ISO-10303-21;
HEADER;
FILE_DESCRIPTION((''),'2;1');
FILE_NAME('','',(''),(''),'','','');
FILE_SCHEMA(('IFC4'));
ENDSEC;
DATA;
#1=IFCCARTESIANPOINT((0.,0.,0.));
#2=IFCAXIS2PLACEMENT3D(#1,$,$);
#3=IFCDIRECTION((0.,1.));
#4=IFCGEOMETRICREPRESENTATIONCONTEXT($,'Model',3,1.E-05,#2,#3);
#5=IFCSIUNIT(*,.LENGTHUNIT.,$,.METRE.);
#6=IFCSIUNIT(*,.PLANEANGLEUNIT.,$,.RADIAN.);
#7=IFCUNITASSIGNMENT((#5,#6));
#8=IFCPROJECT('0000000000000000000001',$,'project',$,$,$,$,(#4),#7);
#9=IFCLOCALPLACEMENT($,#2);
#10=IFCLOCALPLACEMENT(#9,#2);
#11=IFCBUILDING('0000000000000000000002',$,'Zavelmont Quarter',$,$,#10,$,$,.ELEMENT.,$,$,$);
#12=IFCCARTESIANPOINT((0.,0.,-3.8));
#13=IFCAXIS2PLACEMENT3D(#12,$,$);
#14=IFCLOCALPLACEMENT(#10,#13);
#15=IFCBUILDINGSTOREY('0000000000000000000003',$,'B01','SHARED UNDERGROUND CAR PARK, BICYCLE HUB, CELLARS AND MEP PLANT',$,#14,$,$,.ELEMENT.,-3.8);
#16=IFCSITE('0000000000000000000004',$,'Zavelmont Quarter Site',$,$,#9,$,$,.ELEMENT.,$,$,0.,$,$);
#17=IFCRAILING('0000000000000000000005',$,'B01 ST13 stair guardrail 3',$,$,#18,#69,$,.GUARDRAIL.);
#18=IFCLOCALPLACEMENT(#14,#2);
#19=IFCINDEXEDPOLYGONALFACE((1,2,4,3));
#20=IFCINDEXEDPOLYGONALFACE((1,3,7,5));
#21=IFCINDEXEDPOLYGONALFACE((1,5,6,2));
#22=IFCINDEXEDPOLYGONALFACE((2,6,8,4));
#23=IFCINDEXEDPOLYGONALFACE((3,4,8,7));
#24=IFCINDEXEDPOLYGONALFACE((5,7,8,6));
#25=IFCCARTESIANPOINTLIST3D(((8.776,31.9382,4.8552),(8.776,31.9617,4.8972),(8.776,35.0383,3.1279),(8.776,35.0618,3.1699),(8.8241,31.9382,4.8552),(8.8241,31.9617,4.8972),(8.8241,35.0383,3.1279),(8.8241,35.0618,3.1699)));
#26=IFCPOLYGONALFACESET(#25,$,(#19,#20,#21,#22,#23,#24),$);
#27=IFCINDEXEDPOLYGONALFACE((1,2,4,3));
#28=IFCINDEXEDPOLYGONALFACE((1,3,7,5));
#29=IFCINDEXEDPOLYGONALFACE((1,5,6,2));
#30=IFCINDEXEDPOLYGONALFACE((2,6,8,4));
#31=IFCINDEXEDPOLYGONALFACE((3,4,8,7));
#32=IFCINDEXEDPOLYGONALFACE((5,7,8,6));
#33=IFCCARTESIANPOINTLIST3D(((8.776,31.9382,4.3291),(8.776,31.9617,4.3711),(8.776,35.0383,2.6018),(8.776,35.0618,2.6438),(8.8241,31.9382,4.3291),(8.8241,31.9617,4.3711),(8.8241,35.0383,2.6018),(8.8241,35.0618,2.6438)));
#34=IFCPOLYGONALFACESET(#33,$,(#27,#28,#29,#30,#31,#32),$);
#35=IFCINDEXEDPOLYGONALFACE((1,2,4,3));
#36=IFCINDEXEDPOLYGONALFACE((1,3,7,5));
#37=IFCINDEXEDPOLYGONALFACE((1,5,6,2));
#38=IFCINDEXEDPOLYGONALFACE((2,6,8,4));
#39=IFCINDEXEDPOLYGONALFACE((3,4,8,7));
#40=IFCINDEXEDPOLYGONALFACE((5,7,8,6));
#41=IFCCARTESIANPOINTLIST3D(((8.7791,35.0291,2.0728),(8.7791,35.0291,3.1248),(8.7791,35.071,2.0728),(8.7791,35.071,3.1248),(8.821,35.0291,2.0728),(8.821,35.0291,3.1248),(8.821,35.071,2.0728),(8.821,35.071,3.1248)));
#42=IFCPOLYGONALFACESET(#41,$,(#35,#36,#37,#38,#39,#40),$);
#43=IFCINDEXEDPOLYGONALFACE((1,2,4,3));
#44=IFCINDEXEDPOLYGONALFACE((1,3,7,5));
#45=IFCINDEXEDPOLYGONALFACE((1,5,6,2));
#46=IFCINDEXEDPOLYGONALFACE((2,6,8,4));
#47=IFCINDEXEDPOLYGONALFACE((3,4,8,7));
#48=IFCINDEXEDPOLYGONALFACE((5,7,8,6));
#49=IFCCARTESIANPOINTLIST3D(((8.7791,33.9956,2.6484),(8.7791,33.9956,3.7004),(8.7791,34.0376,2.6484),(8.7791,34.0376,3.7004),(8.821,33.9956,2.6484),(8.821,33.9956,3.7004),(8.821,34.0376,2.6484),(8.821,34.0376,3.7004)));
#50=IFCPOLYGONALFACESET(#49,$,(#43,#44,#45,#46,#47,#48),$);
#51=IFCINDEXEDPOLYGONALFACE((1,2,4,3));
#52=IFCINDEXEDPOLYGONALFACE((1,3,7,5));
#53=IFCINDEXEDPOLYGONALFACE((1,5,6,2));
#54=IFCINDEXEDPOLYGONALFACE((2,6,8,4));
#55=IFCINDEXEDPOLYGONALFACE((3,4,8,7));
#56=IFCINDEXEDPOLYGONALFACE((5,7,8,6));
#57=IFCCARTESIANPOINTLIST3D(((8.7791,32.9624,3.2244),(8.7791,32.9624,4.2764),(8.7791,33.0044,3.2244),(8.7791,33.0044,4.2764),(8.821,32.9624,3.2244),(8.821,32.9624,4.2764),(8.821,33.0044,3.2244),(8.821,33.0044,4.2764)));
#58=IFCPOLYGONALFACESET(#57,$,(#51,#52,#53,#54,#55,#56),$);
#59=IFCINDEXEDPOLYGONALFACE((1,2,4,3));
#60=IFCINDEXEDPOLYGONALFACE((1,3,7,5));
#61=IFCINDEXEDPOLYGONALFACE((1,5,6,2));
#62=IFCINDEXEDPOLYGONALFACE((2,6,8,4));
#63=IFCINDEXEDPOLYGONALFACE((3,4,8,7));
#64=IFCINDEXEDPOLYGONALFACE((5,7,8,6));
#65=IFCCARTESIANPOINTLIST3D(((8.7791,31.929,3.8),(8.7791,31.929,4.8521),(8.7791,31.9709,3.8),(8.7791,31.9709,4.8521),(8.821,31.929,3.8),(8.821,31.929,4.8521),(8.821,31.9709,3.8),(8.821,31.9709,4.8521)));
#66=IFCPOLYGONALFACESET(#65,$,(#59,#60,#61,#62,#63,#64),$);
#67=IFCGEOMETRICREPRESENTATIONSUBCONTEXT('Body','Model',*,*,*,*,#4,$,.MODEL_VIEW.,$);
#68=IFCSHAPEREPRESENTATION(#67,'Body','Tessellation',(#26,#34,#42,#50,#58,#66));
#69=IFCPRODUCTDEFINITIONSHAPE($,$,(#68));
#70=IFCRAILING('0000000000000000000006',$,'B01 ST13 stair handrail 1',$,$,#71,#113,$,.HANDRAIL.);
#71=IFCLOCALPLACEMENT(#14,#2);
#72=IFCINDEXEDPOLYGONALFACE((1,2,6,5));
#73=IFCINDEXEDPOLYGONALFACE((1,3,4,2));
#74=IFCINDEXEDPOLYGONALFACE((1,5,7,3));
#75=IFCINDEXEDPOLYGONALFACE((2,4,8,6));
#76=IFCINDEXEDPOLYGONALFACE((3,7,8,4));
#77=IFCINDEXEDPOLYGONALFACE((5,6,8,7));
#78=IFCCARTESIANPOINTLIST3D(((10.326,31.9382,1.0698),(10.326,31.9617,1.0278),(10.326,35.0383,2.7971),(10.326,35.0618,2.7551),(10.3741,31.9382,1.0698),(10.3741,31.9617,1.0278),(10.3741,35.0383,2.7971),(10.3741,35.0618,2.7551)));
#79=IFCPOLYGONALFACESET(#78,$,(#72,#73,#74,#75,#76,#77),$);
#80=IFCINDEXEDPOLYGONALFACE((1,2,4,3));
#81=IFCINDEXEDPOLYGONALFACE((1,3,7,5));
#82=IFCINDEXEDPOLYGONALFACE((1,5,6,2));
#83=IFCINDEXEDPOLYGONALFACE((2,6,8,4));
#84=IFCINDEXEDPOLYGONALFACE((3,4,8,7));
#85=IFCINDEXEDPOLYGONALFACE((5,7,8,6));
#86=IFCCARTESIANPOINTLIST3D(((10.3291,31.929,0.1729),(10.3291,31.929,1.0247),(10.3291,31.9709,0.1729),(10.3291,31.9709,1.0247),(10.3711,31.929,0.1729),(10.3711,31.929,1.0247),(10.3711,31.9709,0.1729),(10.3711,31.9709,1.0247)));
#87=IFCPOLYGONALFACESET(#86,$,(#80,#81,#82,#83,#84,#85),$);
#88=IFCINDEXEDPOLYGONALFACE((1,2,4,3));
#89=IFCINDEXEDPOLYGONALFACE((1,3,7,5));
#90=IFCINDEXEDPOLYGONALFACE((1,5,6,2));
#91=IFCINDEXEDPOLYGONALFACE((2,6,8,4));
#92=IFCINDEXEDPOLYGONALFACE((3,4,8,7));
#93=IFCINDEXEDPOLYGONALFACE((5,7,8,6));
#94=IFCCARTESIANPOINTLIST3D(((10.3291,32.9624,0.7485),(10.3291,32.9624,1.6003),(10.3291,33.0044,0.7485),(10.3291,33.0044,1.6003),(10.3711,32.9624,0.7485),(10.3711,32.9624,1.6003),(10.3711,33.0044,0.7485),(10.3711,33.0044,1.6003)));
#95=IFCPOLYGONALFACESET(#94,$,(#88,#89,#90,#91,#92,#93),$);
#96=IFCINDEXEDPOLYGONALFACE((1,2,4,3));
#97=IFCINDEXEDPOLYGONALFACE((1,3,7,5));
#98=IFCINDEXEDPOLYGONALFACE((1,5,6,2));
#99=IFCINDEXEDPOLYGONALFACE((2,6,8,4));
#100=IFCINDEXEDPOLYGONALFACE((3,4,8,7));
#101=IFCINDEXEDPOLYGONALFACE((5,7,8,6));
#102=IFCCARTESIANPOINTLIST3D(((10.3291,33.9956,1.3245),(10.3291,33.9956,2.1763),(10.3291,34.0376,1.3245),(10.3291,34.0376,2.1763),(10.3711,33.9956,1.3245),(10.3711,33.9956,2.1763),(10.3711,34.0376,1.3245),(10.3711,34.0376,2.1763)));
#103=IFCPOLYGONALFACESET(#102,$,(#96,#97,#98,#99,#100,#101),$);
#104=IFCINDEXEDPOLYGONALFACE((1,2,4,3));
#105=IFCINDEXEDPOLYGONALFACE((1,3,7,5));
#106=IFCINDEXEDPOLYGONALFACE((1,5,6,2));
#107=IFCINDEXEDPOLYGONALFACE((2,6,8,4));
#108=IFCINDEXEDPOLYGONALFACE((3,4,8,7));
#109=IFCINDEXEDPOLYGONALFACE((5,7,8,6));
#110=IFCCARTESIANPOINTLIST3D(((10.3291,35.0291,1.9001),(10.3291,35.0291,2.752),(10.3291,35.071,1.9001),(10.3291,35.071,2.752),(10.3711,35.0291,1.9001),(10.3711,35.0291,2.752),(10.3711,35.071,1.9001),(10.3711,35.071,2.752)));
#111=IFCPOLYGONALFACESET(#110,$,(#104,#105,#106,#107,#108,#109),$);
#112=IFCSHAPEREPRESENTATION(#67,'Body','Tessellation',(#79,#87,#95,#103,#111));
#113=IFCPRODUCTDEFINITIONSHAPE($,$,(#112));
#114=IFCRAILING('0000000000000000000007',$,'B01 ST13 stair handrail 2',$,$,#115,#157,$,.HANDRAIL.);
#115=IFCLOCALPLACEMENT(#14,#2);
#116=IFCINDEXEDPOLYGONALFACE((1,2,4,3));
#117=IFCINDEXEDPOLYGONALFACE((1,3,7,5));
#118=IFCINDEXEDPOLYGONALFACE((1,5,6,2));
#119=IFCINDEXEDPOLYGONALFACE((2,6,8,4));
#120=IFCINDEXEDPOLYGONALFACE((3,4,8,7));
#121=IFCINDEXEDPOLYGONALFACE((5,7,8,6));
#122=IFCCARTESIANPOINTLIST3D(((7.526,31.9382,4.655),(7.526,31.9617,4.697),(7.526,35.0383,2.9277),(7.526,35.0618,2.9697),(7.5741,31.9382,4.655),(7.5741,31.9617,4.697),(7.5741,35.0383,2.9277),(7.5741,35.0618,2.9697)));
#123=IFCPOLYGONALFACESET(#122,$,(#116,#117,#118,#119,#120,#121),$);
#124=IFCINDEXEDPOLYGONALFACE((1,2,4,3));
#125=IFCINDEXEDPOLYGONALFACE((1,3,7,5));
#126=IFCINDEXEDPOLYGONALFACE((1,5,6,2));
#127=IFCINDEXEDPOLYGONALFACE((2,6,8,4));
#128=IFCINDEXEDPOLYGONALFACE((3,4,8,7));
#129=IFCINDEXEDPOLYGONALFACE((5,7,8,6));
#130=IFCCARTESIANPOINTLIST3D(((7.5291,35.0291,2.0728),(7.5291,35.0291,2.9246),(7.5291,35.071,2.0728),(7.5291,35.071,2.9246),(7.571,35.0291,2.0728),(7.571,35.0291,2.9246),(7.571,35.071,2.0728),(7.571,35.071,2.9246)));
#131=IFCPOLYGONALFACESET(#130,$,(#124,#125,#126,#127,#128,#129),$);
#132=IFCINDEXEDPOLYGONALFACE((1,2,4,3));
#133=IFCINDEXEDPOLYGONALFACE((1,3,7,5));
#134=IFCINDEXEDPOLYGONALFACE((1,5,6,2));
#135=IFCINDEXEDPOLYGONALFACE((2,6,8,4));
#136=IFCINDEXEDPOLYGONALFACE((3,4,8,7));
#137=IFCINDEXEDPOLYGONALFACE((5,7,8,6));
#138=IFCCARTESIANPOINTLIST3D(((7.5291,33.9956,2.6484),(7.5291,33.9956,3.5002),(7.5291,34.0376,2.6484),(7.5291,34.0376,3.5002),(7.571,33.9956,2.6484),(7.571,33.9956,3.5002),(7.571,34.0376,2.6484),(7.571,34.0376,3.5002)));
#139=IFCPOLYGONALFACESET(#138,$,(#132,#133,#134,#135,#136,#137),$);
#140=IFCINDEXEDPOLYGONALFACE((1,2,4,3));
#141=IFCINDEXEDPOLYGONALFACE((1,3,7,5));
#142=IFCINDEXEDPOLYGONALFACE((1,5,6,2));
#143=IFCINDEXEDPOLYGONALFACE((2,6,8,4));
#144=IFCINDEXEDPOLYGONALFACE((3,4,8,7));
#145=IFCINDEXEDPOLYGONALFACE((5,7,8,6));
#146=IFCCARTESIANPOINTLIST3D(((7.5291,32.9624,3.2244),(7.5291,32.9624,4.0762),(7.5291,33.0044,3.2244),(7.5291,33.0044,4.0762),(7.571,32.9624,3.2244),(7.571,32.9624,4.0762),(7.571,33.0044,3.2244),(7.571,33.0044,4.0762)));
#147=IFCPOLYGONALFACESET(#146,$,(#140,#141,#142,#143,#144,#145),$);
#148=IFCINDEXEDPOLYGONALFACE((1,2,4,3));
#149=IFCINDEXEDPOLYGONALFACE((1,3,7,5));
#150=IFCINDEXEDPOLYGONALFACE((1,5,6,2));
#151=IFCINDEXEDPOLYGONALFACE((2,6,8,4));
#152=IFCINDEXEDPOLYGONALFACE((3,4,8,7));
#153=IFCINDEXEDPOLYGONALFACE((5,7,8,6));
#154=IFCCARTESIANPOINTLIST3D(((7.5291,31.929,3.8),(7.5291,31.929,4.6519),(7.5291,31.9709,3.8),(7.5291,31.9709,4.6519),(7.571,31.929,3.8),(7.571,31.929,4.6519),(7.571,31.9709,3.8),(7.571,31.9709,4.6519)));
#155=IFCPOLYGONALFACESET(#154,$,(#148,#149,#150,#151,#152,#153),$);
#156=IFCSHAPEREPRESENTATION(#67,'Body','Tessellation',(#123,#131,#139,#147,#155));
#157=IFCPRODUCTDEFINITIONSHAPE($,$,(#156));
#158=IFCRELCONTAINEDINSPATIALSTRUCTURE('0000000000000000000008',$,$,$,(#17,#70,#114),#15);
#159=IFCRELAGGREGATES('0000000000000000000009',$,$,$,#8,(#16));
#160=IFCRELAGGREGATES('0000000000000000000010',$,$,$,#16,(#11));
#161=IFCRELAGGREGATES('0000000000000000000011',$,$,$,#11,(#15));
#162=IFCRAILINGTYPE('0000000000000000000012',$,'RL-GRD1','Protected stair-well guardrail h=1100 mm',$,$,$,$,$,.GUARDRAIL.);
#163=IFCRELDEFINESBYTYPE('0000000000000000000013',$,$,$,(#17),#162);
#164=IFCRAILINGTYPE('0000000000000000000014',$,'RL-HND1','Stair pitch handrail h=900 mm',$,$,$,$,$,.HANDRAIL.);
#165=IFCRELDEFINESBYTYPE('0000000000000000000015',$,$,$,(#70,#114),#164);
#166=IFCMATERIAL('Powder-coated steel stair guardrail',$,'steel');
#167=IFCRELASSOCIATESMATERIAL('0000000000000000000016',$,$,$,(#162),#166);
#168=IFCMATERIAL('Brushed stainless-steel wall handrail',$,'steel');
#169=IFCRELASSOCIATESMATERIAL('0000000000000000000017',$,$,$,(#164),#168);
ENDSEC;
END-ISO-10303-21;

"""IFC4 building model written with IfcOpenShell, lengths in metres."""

from ifc_helpers import new_model, si_unit, direction, frame, origin, origin_2d, place, context, subcontext, project, spatial, rectangle, extrude, material, type_object, element, save


model = new_model("IFC4")

# Units and contexts
model_context = context("Model", 3, precision=1e-05, world=origin(), true_north=direction((0.0, 1.0)))
body_context = subcontext(model_context, "Body", "Model", "MODEL_VIEW")
ifc_project = project(units=[si_unit("LENGTHUNIT", "METRE"), si_unit("PLANEANGLEUNIT", "RADIAN")], contexts=[model_context])

# Site, building, storey
site_placement = place(None, origin())
site = spatial("IfcSite", under=ifc_project, at=site_placement, Name="Zavelmont Quarter Site", CompositionType="ELEMENT", RefElevation=0.0)
building_placement = place(site_placement, origin())
building = spatial("IfcBuilding", under=site, at=building_placement, Name="Zavelmont Quarter", CompositionType="ELEMENT")
storey_placement = place(building_placement, frame((0.0, 0.0, -3.8)))
storey = spatial("IfcBuildingStorey", under=building, at=storey_placement, Name="B01", Description="SHARED UNDERGROUND CAR PARK, BICYCLE HUB, CELLARS AND MEP PLANT", CompositionType="ELEMENT", Elevation=-3.8)

# Railings
ifc_material_1 = material(Name="Powder-coated steel stair guardrail", Category="steel")
railing_type_1 = type_object("IfcRailingType", Name="RL-GRD1", Description="Protected stair-well guardrail h=1100 mm", PredefinedType="GUARDRAIL", material=ifc_material_1)
railing_1_placement = place(storey_placement, frame((8.8, 35.05, 2.0728)))
element("IfcRailing", 1, at=railing_1_placement, inside=storey, type_object=railing_type_1, Name="B01 ST13 stair guardrail 3", PredefinedType="GUARDRAIL", context=body_context, shape_type="SweptSolid", body=[
    extrude(rectangle(XDim=0.0481, YDim=0.0481, at=origin_2d()), frame((0.0, 0.0, 1.0762), z_axis=(0.0, -0.873556, 0.486723), x_axis=(1.0, 0.0, 0.0)), (0.0, 0.0, 1.0), 3.5488),
    extrude(rectangle(XDim=0.0481, YDim=0.0481, at=origin_2d()), frame((0.0, 0.0, 0.55), z_axis=(0.0, -0.873556, 0.486723), x_axis=(1.0, 0.0, 0.0)), (0.0, 0.0, 1.0), 3.5488),
    extrude(rectangle(XDim=0.042, YDim=0.042, at=origin_2d()), origin(), (0.0, 0.0, 1.0), 1.052),
    extrude(rectangle(XDim=0.042, YDim=0.042, at=origin_2d()), frame((0.0, -1.0334, 0.5757)), (0.0, 0.0, 1.0), 1.052),
    extrude(rectangle(XDim=0.042, YDim=0.042, at=origin_2d()), frame((0.0, -2.0667, 1.1516)), (0.0, 0.0, 1.0), 1.052),
    extrude(rectangle(XDim=0.042, YDim=0.042, at=origin_2d()), frame((0.0, -3.1001, 1.7273)), (0.0, 0.0, 1.0), 1.052),
])
ifc_material_2 = material(Name="Brushed stainless-steel wall handrail", Category="steel")
railing_type_2 = type_object("IfcRailingType", Name="RL-HND1", Description="Stair pitch handrail h=900 mm", PredefinedType="HANDRAIL", material=ifc_material_2)
railing_2_placement = place(storey_placement, frame((10.3501, 31.95, 0.1729)))
element("IfcRailing", 2, at=railing_2_placement, inside=storey, type_object=railing_type_2, Name="B01 ST13 stair handrail 1", PredefinedType="HANDRAIL", context=body_context, shape_type="SweptSolid", body=[
    extrude(rectangle(XDim=0.0481, YDim=0.0481, at=origin_2d()), frame((0.0, 0.0, 0.876), z_axis=(0.0, 0.873556, 0.486723), x_axis=(-1.0, 0.0, 0.0)), (0.0, 0.0, 1.0), 3.5488),
    extrude(rectangle(XDim=0.042, YDim=0.042, at=origin_2d()), origin(), (0.0, 0.0, 1.0), 0.8518),
    extrude(rectangle(XDim=0.042, YDim=0.042, at=origin_2d()), frame((0.0, 1.0334, 0.5757)), (0.0, 0.0, 1.0), 0.8518),
    extrude(rectangle(XDim=0.042, YDim=0.042, at=origin_2d()), frame((0.0, 2.0667, 1.1516)), (0.0, 0.0, 1.0), 0.8518),
    extrude(rectangle(XDim=0.042, YDim=0.042, at=origin_2d()), frame((0.0, 3.1001, 1.7273)), (0.0, 0.0, 1.0), 0.8518),
])
railing_3_placement = place(storey_placement, frame((7.55, 35.05, 2.0728)))
element("IfcRailing", 3, at=railing_3_placement, inside=storey, type_object=railing_type_2, Name="B01 ST13 stair handrail 2", PredefinedType="HANDRAIL", context=body_context, shape_type="SweptSolid", body=[
    extrude(rectangle(XDim=0.0481, YDim=0.0481, at=origin_2d()), frame((0.0, 0.0, 0.876), z_axis=(0.0, -0.873556, 0.486723), x_axis=(1.0, 0.0, 0.0)), (0.0, 0.0, 1.0), 3.5488),
    extrude(rectangle(XDim=0.042, YDim=0.042, at=origin_2d()), origin(), (0.0, 0.0, 1.0), 0.8518),
    extrude(rectangle(XDim=0.042, YDim=0.042, at=origin_2d()), frame((0.0, -1.0334, 0.5757)), (0.0, 0.0, 1.0), 0.8518),
    extrude(rectangle(XDim=0.042, YDim=0.042, at=origin_2d()), frame((0.0, -2.0667, 1.1516)), (0.0, 0.0, 1.0), 0.8518),
    extrude(rectangle(XDim=0.042, YDim=0.042, at=origin_2d()), frame((0.0, -3.1001, 1.7273)), (0.0, 0.0, 1.0), 0.8518),
])

save(model, "model.ifc")
